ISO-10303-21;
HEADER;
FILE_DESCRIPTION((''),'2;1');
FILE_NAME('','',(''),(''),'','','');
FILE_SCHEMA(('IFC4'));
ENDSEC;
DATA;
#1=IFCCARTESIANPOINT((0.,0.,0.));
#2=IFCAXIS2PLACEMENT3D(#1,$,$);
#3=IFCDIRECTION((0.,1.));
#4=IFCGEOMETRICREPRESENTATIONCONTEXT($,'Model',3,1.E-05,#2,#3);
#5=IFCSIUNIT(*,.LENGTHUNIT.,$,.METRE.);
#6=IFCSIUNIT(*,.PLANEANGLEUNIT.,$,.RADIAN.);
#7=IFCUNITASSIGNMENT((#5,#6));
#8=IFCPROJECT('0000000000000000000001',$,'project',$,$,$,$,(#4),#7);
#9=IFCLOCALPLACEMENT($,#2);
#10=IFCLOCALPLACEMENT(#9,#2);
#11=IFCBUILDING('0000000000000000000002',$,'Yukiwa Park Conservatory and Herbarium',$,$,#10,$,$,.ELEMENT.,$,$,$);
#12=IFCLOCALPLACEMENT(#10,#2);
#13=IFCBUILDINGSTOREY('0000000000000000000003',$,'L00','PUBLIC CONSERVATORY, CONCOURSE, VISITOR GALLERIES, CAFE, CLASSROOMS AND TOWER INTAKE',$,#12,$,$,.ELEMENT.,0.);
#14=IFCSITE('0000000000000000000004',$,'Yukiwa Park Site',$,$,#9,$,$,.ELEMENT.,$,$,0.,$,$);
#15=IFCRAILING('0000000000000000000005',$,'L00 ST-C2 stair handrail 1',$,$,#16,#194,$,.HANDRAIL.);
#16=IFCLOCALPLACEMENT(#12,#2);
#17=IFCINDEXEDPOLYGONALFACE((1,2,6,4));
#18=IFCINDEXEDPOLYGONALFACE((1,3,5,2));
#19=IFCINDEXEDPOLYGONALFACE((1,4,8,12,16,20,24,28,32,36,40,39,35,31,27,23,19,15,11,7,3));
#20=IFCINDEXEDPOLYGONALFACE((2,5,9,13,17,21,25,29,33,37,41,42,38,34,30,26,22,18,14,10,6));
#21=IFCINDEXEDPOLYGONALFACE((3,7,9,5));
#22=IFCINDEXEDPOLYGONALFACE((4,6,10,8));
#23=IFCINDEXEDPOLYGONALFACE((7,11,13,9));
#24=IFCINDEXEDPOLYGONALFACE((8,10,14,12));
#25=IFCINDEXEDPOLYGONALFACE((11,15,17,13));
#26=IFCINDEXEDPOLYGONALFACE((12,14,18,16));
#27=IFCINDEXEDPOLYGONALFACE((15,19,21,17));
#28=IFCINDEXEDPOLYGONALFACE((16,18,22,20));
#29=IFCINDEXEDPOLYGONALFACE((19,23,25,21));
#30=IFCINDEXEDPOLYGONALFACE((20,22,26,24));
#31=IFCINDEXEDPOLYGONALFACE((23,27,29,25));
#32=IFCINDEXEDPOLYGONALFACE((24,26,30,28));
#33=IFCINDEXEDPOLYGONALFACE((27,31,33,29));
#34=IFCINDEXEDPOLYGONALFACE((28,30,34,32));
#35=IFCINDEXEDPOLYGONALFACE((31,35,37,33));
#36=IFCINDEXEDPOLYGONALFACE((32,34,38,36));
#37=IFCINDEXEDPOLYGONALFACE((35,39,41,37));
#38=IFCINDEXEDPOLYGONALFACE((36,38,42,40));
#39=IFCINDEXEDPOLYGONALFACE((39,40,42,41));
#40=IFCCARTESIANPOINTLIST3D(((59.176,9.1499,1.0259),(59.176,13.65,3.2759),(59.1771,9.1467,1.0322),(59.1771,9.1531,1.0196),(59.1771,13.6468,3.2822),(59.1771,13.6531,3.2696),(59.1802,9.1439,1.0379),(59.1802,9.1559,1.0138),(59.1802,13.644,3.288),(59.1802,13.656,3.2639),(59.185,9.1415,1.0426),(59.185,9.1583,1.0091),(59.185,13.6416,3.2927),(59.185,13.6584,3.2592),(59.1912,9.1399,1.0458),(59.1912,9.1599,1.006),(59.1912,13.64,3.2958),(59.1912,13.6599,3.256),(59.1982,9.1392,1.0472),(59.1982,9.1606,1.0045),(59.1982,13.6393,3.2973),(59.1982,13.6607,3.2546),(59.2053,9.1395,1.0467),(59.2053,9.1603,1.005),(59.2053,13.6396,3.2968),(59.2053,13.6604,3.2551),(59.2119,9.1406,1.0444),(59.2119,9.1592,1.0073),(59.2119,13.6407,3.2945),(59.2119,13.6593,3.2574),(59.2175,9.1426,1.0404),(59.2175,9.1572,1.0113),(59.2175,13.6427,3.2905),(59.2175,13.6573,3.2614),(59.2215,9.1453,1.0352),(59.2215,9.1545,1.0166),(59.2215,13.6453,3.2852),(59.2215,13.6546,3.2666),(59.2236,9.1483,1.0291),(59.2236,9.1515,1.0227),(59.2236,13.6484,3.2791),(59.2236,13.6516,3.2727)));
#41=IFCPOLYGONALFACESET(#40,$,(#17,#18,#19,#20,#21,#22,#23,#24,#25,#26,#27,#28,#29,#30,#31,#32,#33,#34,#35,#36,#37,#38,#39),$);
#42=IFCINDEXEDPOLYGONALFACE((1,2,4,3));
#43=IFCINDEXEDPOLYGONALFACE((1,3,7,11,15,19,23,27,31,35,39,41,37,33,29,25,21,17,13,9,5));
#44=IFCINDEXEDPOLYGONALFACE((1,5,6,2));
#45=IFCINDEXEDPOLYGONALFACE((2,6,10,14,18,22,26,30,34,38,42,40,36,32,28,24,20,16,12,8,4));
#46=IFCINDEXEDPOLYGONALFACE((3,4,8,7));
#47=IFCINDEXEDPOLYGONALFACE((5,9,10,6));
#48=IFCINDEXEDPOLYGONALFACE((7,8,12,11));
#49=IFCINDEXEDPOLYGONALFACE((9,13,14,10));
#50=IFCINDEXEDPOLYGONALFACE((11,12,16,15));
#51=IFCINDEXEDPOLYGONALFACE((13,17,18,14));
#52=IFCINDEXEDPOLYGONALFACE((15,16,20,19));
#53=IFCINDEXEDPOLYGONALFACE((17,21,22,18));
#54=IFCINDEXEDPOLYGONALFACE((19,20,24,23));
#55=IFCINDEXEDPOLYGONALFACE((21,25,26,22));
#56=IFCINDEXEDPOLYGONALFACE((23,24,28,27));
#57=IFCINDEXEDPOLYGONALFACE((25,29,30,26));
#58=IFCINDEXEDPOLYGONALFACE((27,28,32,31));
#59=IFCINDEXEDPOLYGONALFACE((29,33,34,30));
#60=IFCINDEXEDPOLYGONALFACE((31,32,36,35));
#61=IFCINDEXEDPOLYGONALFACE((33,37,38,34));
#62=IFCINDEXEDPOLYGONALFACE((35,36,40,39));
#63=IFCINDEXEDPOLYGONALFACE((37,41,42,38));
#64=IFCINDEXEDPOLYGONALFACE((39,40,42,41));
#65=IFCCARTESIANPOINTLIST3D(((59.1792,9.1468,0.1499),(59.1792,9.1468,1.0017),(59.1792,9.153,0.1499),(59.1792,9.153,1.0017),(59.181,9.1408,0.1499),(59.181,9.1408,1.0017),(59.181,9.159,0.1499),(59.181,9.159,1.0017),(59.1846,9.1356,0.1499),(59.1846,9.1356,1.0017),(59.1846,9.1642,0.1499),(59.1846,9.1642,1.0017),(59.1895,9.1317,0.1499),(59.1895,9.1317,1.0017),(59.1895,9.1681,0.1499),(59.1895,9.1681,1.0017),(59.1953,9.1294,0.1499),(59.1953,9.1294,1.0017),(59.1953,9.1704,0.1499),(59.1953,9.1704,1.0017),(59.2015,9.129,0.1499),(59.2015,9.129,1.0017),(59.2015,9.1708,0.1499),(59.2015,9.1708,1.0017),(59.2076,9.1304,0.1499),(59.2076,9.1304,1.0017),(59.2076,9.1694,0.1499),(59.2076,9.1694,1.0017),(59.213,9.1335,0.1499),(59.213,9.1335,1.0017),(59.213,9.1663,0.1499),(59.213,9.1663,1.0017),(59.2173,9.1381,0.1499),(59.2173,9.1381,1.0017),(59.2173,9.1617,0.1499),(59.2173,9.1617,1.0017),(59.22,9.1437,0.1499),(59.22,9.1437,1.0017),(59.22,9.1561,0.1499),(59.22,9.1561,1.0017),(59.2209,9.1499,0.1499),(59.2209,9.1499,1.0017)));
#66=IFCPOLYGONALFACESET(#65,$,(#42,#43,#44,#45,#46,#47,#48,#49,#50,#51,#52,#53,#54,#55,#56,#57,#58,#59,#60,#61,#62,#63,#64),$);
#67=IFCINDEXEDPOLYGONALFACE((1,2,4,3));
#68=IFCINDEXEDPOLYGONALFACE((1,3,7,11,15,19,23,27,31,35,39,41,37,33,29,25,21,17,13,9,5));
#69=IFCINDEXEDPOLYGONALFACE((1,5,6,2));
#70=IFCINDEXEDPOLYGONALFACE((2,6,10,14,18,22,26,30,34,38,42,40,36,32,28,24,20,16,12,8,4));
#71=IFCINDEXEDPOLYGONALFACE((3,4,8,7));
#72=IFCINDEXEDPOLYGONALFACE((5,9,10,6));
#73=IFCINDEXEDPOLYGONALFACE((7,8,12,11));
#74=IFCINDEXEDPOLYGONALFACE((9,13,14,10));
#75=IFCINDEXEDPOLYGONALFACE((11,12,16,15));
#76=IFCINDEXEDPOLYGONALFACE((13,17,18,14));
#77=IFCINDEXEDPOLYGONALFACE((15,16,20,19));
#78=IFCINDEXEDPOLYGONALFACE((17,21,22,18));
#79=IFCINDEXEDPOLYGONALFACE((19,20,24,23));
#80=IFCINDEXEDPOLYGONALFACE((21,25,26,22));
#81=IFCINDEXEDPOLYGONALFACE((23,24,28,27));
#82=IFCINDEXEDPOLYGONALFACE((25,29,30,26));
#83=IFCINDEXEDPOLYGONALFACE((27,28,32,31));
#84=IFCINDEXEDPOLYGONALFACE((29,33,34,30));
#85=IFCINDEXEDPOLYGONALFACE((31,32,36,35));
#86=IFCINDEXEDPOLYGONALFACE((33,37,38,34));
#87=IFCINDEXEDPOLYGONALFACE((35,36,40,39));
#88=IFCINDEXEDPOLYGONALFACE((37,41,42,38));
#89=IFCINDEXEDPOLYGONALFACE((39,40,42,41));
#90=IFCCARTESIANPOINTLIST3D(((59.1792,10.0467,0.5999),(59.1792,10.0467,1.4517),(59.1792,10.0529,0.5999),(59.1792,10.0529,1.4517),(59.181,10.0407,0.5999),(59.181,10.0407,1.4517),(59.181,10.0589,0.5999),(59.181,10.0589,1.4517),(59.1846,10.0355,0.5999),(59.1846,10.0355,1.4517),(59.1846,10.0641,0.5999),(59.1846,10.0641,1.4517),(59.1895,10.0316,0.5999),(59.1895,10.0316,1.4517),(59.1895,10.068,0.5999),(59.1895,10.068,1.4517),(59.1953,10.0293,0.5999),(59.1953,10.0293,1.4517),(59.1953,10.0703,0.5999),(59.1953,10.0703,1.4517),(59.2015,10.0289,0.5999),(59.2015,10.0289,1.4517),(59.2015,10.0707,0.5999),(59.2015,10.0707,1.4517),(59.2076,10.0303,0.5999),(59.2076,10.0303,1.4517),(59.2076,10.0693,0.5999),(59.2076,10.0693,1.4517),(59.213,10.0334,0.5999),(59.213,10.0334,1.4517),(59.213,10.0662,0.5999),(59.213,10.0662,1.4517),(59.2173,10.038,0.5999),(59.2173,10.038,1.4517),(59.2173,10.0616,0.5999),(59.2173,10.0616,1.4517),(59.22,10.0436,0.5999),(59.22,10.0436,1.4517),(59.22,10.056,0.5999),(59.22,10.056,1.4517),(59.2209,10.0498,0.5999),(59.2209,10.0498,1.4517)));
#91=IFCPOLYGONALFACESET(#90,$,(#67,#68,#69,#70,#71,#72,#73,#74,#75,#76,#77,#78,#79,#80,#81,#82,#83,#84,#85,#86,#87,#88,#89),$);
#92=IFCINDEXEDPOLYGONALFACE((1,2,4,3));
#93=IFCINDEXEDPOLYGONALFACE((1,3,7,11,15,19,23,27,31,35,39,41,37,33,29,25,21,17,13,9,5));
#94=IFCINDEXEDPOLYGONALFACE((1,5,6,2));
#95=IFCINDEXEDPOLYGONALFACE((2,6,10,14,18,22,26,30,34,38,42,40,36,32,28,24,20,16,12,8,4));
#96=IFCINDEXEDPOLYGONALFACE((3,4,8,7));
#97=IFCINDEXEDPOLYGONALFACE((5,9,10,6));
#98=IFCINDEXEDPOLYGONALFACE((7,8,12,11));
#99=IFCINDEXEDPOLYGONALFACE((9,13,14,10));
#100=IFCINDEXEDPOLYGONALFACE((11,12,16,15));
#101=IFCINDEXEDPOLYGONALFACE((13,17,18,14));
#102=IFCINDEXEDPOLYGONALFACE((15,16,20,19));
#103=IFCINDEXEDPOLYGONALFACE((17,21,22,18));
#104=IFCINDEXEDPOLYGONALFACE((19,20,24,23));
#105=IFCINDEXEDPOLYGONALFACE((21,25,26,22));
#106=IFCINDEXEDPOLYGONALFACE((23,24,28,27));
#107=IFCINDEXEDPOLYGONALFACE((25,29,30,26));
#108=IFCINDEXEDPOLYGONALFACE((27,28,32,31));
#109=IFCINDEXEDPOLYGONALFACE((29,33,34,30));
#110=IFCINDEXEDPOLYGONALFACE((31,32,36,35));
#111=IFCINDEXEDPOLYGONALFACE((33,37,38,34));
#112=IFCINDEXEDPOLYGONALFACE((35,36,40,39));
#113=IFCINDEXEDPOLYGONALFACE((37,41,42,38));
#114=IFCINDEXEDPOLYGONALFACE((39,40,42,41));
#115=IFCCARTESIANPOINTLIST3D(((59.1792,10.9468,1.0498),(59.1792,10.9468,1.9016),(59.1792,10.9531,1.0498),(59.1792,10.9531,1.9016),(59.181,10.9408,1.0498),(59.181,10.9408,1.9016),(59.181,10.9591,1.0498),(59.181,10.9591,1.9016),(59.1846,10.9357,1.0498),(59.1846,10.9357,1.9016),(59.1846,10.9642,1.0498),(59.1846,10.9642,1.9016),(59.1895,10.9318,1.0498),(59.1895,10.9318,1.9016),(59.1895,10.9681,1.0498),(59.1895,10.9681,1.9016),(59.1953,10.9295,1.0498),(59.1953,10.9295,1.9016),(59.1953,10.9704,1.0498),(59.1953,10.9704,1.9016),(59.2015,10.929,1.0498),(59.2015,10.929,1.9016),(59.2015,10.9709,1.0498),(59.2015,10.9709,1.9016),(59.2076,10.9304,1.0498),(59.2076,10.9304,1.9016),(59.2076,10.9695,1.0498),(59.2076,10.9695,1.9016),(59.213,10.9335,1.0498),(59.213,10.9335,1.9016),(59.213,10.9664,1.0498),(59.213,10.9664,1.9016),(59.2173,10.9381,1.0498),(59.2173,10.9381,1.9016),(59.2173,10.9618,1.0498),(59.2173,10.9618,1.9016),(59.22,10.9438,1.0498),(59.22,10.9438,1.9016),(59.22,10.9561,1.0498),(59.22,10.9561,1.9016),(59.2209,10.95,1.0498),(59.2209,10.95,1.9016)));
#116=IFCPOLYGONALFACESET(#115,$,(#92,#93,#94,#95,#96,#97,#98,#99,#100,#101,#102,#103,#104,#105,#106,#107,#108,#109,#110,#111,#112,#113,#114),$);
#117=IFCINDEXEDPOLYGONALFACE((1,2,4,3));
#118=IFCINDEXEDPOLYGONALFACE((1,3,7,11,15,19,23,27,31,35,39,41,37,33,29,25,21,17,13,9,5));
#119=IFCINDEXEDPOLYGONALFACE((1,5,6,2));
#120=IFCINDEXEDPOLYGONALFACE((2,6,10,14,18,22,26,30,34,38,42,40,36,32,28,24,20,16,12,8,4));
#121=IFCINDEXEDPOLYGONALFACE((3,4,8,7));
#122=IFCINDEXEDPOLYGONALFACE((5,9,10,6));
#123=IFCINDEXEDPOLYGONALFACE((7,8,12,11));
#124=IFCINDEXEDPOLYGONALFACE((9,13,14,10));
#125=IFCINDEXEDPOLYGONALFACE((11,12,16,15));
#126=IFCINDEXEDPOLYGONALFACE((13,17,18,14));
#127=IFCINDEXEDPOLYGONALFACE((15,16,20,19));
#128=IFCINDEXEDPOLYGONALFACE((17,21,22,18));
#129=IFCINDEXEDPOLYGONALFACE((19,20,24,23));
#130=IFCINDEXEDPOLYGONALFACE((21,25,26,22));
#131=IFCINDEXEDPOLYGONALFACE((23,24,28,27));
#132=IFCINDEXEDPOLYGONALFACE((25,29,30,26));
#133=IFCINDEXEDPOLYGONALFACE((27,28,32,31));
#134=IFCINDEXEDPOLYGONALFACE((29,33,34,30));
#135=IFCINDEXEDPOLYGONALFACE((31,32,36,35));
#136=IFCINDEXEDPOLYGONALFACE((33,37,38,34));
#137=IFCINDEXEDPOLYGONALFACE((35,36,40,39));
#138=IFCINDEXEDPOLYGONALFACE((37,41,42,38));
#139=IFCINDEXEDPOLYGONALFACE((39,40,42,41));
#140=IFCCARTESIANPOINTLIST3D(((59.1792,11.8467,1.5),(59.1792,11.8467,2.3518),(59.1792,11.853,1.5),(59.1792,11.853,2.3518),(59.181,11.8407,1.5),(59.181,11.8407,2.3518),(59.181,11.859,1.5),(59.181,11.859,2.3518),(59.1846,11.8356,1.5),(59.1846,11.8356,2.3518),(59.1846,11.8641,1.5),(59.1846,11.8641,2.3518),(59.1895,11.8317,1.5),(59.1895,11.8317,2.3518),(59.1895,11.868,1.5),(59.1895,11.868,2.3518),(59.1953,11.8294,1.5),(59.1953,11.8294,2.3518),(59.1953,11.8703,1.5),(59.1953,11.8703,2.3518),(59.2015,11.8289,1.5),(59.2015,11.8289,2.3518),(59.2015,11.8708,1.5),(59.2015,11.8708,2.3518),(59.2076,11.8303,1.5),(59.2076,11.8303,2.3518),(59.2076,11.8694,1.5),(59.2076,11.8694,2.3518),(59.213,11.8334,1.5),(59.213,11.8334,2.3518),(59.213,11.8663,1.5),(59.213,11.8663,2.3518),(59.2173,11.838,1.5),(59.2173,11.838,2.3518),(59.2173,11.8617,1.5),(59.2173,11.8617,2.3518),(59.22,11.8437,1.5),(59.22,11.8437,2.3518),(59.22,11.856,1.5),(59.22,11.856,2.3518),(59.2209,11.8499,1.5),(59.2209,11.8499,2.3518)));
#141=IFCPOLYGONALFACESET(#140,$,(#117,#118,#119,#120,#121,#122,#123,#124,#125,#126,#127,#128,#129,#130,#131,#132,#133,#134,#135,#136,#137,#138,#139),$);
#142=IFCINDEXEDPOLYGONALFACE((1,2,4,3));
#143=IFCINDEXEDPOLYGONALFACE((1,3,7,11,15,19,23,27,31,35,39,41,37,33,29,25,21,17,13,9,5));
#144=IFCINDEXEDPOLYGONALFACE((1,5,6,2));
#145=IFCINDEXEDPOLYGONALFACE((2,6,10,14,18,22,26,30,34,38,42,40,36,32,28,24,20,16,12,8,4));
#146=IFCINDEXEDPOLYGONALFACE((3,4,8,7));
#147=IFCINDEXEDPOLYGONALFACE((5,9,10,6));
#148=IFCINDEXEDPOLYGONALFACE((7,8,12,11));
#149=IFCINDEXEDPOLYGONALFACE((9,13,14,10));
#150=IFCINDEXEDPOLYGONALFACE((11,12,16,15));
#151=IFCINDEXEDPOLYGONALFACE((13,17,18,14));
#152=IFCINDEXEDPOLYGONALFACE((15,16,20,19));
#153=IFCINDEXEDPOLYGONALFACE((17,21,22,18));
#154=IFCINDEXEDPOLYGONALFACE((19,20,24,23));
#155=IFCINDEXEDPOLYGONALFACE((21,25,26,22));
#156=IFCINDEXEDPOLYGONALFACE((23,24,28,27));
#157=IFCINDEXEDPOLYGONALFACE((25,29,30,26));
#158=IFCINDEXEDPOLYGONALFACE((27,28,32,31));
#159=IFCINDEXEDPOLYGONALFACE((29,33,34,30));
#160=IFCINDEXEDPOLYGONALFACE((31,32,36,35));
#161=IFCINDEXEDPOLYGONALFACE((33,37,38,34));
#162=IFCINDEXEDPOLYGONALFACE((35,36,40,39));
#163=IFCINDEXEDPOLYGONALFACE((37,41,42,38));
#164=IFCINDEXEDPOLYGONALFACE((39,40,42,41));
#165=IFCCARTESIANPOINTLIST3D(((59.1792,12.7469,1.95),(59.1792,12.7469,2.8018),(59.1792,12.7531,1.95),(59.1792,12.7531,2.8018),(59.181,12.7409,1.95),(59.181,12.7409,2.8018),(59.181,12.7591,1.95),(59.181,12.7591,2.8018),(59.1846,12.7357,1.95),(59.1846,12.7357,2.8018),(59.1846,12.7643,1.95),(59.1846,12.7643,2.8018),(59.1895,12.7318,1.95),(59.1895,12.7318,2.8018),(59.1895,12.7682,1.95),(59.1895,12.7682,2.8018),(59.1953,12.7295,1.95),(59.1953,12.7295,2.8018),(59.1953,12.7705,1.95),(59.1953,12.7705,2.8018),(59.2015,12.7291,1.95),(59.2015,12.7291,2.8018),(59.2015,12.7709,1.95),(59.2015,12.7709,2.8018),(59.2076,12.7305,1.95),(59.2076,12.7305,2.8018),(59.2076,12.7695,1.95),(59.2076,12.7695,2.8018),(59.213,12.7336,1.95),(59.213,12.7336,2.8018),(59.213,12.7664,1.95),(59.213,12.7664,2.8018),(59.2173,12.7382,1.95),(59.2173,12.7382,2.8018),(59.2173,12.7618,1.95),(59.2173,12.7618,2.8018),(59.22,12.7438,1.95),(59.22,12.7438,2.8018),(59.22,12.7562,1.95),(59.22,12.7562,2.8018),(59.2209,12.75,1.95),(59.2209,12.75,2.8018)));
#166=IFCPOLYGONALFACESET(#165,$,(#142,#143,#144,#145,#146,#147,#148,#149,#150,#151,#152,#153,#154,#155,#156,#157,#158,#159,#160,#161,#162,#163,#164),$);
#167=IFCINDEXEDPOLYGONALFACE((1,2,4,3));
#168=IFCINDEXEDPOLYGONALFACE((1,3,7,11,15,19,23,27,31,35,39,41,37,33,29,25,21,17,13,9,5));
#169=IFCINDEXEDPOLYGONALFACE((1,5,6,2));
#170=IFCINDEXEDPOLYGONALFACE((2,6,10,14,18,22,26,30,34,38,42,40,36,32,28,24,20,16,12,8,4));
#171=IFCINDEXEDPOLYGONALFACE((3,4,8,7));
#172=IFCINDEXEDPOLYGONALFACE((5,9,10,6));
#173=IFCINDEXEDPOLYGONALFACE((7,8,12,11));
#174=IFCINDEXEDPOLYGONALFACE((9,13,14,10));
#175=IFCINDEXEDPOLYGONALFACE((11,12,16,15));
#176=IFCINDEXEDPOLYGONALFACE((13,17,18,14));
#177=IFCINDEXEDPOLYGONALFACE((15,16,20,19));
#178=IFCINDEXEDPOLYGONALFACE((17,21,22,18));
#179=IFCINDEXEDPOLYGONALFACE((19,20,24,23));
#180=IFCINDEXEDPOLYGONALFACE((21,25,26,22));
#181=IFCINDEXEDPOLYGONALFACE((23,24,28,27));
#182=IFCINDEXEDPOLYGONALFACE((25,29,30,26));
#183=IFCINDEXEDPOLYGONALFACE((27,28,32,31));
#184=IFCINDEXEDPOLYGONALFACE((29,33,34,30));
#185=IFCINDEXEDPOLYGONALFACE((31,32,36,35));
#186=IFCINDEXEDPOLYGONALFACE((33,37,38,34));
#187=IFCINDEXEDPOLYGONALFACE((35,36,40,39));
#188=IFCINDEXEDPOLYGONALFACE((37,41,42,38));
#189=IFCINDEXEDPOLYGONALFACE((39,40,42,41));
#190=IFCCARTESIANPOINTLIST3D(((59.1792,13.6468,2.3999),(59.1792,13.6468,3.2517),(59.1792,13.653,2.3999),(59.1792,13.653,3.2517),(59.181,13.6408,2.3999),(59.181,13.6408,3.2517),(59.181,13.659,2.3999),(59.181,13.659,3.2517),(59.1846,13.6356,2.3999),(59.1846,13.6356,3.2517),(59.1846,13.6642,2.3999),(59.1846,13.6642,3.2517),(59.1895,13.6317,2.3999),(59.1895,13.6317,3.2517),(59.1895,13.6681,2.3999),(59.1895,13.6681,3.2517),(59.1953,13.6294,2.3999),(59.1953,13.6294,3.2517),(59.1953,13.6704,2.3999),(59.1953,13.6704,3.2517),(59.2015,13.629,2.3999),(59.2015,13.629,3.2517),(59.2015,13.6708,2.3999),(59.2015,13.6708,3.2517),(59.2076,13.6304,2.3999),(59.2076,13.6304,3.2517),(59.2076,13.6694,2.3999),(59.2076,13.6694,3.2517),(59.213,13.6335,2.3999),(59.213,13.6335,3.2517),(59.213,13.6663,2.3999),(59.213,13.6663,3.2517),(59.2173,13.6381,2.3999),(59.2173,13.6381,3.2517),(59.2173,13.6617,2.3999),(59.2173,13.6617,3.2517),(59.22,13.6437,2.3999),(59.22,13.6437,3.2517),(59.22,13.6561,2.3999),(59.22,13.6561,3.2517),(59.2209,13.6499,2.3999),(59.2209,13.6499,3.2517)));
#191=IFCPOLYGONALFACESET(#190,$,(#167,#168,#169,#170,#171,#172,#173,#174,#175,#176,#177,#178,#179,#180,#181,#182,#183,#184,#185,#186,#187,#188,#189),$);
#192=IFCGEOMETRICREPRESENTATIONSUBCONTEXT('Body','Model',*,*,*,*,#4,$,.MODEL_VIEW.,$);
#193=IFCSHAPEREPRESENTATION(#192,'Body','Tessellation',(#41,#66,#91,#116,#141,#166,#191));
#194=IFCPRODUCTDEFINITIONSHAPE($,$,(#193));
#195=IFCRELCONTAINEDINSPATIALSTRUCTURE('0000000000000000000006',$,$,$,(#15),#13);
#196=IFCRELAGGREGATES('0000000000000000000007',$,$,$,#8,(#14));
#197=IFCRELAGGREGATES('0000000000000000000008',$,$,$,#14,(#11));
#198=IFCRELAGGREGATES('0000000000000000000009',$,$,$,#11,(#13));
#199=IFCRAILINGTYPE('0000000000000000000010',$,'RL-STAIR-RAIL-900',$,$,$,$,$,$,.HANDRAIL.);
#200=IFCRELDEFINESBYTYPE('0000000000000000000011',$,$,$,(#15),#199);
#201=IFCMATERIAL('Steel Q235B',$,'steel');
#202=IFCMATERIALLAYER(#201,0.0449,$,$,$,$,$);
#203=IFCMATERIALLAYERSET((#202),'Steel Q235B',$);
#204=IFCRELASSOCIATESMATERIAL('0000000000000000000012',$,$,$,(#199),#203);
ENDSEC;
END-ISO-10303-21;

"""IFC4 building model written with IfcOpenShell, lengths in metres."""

from ifc_helpers import new_model, si_unit, direction, frame, origin, origin_2d, place, context, subcontext, project, spatial, circle, extrude, material, layer, layer_set, type_object, element, save


model = new_model("IFC4")

# Units and contexts
model_context = context("Model", 3, precision=1e-05, world=origin(), true_north=direction((0.0, 1.0)))
body_context = subcontext(model_context, "Body", "Model", "MODEL_VIEW")
ifc_project = project(units=[si_unit("LENGTHUNIT", "METRE"), si_unit("PLANEANGLEUNIT", "RADIAN")], contexts=[model_context])

# Site, building, storey
site_placement = place(None, origin())
site = spatial("IfcSite", under=ifc_project, at=site_placement, Name="Yukiwa Park Site", CompositionType="ELEMENT", RefElevation=0.0)
building_placement = place(site_placement, origin())
building = spatial("IfcBuilding", under=site, at=building_placement, Name="Yukiwa Park Conservatory and Herbarium", CompositionType="ELEMENT")
storey_placement = place(building_placement, origin())
storey = spatial("IfcBuildingStorey", under=building, at=storey_placement, Name="L00", Description="PUBLIC CONSERVATORY, CONCOURSE, VISITOR GALLERIES, CAFE, CLASSROOMS AND TOWER INTAKE", CompositionType="ELEMENT", Elevation=0.0)

# Railing
ifc_material_1 = material(Name="Steel Q235B", Category="steel")
ifc_layer_1 = layer(ifc_material_1, 0.0449)
ifc_layer_set_1 = layer_set([ifc_layer_1], Name="Steel Q235B")
railing_type_1 = type_object("IfcRailingType", Name="RL-STAIR-RAIL-900", PredefinedType="HANDRAIL", material=ifc_layer_set_1)
railing_1_placement = place(storey_placement, frame((59.2, 9.1499, 0.1499)))
element("IfcRailing", 1, at=railing_1_placement, inside=storey, type_object=railing_type_1, Name="L00 ST-C2 stair handrail 1", PredefinedType="HANDRAIL", context=body_context, shape_type="SweptSolid", body=[
    extrude(circle(Radius=0.0239, at=origin_2d()), frame((0.0, 0.0, 0.876), z_axis=(0.0, 0.894427, 0.447214), x_axis=(-1.0, 0.0, 0.0)), (0.0, 0.0, 1.0), 5.0312),
    extrude(circle(Radius=0.021, at=origin_2d()), origin(), (0.0, 0.0, 1.0), 0.8518),
    extrude(circle(Radius=0.021, at=origin_2d()), frame((0.0, 0.8999, 0.45)), (0.0, 0.0, 1.0), 0.8518),
    extrude(circle(Radius=0.021, at=origin_2d()), frame((0.0, 1.8, 0.8999)), (0.0, 0.0, 1.0), 0.8518),
    extrude(circle(Radius=0.021, at=origin_2d()), frame((0.0, 2.7, 1.3501)), (0.0, 0.0, 1.0), 0.8518),
    extrude(circle(Radius=0.021, at=origin_2d()), frame((0.0, 3.6001, 1.8)), (0.0, 0.0, 1.0), 0.8518),
    extrude(circle(Radius=0.021, at=origin_2d()), frame((0.0, 4.5, 2.25)), (0.0, 0.0, 1.0), 0.8518),
])

save(model, "model.ifc")
